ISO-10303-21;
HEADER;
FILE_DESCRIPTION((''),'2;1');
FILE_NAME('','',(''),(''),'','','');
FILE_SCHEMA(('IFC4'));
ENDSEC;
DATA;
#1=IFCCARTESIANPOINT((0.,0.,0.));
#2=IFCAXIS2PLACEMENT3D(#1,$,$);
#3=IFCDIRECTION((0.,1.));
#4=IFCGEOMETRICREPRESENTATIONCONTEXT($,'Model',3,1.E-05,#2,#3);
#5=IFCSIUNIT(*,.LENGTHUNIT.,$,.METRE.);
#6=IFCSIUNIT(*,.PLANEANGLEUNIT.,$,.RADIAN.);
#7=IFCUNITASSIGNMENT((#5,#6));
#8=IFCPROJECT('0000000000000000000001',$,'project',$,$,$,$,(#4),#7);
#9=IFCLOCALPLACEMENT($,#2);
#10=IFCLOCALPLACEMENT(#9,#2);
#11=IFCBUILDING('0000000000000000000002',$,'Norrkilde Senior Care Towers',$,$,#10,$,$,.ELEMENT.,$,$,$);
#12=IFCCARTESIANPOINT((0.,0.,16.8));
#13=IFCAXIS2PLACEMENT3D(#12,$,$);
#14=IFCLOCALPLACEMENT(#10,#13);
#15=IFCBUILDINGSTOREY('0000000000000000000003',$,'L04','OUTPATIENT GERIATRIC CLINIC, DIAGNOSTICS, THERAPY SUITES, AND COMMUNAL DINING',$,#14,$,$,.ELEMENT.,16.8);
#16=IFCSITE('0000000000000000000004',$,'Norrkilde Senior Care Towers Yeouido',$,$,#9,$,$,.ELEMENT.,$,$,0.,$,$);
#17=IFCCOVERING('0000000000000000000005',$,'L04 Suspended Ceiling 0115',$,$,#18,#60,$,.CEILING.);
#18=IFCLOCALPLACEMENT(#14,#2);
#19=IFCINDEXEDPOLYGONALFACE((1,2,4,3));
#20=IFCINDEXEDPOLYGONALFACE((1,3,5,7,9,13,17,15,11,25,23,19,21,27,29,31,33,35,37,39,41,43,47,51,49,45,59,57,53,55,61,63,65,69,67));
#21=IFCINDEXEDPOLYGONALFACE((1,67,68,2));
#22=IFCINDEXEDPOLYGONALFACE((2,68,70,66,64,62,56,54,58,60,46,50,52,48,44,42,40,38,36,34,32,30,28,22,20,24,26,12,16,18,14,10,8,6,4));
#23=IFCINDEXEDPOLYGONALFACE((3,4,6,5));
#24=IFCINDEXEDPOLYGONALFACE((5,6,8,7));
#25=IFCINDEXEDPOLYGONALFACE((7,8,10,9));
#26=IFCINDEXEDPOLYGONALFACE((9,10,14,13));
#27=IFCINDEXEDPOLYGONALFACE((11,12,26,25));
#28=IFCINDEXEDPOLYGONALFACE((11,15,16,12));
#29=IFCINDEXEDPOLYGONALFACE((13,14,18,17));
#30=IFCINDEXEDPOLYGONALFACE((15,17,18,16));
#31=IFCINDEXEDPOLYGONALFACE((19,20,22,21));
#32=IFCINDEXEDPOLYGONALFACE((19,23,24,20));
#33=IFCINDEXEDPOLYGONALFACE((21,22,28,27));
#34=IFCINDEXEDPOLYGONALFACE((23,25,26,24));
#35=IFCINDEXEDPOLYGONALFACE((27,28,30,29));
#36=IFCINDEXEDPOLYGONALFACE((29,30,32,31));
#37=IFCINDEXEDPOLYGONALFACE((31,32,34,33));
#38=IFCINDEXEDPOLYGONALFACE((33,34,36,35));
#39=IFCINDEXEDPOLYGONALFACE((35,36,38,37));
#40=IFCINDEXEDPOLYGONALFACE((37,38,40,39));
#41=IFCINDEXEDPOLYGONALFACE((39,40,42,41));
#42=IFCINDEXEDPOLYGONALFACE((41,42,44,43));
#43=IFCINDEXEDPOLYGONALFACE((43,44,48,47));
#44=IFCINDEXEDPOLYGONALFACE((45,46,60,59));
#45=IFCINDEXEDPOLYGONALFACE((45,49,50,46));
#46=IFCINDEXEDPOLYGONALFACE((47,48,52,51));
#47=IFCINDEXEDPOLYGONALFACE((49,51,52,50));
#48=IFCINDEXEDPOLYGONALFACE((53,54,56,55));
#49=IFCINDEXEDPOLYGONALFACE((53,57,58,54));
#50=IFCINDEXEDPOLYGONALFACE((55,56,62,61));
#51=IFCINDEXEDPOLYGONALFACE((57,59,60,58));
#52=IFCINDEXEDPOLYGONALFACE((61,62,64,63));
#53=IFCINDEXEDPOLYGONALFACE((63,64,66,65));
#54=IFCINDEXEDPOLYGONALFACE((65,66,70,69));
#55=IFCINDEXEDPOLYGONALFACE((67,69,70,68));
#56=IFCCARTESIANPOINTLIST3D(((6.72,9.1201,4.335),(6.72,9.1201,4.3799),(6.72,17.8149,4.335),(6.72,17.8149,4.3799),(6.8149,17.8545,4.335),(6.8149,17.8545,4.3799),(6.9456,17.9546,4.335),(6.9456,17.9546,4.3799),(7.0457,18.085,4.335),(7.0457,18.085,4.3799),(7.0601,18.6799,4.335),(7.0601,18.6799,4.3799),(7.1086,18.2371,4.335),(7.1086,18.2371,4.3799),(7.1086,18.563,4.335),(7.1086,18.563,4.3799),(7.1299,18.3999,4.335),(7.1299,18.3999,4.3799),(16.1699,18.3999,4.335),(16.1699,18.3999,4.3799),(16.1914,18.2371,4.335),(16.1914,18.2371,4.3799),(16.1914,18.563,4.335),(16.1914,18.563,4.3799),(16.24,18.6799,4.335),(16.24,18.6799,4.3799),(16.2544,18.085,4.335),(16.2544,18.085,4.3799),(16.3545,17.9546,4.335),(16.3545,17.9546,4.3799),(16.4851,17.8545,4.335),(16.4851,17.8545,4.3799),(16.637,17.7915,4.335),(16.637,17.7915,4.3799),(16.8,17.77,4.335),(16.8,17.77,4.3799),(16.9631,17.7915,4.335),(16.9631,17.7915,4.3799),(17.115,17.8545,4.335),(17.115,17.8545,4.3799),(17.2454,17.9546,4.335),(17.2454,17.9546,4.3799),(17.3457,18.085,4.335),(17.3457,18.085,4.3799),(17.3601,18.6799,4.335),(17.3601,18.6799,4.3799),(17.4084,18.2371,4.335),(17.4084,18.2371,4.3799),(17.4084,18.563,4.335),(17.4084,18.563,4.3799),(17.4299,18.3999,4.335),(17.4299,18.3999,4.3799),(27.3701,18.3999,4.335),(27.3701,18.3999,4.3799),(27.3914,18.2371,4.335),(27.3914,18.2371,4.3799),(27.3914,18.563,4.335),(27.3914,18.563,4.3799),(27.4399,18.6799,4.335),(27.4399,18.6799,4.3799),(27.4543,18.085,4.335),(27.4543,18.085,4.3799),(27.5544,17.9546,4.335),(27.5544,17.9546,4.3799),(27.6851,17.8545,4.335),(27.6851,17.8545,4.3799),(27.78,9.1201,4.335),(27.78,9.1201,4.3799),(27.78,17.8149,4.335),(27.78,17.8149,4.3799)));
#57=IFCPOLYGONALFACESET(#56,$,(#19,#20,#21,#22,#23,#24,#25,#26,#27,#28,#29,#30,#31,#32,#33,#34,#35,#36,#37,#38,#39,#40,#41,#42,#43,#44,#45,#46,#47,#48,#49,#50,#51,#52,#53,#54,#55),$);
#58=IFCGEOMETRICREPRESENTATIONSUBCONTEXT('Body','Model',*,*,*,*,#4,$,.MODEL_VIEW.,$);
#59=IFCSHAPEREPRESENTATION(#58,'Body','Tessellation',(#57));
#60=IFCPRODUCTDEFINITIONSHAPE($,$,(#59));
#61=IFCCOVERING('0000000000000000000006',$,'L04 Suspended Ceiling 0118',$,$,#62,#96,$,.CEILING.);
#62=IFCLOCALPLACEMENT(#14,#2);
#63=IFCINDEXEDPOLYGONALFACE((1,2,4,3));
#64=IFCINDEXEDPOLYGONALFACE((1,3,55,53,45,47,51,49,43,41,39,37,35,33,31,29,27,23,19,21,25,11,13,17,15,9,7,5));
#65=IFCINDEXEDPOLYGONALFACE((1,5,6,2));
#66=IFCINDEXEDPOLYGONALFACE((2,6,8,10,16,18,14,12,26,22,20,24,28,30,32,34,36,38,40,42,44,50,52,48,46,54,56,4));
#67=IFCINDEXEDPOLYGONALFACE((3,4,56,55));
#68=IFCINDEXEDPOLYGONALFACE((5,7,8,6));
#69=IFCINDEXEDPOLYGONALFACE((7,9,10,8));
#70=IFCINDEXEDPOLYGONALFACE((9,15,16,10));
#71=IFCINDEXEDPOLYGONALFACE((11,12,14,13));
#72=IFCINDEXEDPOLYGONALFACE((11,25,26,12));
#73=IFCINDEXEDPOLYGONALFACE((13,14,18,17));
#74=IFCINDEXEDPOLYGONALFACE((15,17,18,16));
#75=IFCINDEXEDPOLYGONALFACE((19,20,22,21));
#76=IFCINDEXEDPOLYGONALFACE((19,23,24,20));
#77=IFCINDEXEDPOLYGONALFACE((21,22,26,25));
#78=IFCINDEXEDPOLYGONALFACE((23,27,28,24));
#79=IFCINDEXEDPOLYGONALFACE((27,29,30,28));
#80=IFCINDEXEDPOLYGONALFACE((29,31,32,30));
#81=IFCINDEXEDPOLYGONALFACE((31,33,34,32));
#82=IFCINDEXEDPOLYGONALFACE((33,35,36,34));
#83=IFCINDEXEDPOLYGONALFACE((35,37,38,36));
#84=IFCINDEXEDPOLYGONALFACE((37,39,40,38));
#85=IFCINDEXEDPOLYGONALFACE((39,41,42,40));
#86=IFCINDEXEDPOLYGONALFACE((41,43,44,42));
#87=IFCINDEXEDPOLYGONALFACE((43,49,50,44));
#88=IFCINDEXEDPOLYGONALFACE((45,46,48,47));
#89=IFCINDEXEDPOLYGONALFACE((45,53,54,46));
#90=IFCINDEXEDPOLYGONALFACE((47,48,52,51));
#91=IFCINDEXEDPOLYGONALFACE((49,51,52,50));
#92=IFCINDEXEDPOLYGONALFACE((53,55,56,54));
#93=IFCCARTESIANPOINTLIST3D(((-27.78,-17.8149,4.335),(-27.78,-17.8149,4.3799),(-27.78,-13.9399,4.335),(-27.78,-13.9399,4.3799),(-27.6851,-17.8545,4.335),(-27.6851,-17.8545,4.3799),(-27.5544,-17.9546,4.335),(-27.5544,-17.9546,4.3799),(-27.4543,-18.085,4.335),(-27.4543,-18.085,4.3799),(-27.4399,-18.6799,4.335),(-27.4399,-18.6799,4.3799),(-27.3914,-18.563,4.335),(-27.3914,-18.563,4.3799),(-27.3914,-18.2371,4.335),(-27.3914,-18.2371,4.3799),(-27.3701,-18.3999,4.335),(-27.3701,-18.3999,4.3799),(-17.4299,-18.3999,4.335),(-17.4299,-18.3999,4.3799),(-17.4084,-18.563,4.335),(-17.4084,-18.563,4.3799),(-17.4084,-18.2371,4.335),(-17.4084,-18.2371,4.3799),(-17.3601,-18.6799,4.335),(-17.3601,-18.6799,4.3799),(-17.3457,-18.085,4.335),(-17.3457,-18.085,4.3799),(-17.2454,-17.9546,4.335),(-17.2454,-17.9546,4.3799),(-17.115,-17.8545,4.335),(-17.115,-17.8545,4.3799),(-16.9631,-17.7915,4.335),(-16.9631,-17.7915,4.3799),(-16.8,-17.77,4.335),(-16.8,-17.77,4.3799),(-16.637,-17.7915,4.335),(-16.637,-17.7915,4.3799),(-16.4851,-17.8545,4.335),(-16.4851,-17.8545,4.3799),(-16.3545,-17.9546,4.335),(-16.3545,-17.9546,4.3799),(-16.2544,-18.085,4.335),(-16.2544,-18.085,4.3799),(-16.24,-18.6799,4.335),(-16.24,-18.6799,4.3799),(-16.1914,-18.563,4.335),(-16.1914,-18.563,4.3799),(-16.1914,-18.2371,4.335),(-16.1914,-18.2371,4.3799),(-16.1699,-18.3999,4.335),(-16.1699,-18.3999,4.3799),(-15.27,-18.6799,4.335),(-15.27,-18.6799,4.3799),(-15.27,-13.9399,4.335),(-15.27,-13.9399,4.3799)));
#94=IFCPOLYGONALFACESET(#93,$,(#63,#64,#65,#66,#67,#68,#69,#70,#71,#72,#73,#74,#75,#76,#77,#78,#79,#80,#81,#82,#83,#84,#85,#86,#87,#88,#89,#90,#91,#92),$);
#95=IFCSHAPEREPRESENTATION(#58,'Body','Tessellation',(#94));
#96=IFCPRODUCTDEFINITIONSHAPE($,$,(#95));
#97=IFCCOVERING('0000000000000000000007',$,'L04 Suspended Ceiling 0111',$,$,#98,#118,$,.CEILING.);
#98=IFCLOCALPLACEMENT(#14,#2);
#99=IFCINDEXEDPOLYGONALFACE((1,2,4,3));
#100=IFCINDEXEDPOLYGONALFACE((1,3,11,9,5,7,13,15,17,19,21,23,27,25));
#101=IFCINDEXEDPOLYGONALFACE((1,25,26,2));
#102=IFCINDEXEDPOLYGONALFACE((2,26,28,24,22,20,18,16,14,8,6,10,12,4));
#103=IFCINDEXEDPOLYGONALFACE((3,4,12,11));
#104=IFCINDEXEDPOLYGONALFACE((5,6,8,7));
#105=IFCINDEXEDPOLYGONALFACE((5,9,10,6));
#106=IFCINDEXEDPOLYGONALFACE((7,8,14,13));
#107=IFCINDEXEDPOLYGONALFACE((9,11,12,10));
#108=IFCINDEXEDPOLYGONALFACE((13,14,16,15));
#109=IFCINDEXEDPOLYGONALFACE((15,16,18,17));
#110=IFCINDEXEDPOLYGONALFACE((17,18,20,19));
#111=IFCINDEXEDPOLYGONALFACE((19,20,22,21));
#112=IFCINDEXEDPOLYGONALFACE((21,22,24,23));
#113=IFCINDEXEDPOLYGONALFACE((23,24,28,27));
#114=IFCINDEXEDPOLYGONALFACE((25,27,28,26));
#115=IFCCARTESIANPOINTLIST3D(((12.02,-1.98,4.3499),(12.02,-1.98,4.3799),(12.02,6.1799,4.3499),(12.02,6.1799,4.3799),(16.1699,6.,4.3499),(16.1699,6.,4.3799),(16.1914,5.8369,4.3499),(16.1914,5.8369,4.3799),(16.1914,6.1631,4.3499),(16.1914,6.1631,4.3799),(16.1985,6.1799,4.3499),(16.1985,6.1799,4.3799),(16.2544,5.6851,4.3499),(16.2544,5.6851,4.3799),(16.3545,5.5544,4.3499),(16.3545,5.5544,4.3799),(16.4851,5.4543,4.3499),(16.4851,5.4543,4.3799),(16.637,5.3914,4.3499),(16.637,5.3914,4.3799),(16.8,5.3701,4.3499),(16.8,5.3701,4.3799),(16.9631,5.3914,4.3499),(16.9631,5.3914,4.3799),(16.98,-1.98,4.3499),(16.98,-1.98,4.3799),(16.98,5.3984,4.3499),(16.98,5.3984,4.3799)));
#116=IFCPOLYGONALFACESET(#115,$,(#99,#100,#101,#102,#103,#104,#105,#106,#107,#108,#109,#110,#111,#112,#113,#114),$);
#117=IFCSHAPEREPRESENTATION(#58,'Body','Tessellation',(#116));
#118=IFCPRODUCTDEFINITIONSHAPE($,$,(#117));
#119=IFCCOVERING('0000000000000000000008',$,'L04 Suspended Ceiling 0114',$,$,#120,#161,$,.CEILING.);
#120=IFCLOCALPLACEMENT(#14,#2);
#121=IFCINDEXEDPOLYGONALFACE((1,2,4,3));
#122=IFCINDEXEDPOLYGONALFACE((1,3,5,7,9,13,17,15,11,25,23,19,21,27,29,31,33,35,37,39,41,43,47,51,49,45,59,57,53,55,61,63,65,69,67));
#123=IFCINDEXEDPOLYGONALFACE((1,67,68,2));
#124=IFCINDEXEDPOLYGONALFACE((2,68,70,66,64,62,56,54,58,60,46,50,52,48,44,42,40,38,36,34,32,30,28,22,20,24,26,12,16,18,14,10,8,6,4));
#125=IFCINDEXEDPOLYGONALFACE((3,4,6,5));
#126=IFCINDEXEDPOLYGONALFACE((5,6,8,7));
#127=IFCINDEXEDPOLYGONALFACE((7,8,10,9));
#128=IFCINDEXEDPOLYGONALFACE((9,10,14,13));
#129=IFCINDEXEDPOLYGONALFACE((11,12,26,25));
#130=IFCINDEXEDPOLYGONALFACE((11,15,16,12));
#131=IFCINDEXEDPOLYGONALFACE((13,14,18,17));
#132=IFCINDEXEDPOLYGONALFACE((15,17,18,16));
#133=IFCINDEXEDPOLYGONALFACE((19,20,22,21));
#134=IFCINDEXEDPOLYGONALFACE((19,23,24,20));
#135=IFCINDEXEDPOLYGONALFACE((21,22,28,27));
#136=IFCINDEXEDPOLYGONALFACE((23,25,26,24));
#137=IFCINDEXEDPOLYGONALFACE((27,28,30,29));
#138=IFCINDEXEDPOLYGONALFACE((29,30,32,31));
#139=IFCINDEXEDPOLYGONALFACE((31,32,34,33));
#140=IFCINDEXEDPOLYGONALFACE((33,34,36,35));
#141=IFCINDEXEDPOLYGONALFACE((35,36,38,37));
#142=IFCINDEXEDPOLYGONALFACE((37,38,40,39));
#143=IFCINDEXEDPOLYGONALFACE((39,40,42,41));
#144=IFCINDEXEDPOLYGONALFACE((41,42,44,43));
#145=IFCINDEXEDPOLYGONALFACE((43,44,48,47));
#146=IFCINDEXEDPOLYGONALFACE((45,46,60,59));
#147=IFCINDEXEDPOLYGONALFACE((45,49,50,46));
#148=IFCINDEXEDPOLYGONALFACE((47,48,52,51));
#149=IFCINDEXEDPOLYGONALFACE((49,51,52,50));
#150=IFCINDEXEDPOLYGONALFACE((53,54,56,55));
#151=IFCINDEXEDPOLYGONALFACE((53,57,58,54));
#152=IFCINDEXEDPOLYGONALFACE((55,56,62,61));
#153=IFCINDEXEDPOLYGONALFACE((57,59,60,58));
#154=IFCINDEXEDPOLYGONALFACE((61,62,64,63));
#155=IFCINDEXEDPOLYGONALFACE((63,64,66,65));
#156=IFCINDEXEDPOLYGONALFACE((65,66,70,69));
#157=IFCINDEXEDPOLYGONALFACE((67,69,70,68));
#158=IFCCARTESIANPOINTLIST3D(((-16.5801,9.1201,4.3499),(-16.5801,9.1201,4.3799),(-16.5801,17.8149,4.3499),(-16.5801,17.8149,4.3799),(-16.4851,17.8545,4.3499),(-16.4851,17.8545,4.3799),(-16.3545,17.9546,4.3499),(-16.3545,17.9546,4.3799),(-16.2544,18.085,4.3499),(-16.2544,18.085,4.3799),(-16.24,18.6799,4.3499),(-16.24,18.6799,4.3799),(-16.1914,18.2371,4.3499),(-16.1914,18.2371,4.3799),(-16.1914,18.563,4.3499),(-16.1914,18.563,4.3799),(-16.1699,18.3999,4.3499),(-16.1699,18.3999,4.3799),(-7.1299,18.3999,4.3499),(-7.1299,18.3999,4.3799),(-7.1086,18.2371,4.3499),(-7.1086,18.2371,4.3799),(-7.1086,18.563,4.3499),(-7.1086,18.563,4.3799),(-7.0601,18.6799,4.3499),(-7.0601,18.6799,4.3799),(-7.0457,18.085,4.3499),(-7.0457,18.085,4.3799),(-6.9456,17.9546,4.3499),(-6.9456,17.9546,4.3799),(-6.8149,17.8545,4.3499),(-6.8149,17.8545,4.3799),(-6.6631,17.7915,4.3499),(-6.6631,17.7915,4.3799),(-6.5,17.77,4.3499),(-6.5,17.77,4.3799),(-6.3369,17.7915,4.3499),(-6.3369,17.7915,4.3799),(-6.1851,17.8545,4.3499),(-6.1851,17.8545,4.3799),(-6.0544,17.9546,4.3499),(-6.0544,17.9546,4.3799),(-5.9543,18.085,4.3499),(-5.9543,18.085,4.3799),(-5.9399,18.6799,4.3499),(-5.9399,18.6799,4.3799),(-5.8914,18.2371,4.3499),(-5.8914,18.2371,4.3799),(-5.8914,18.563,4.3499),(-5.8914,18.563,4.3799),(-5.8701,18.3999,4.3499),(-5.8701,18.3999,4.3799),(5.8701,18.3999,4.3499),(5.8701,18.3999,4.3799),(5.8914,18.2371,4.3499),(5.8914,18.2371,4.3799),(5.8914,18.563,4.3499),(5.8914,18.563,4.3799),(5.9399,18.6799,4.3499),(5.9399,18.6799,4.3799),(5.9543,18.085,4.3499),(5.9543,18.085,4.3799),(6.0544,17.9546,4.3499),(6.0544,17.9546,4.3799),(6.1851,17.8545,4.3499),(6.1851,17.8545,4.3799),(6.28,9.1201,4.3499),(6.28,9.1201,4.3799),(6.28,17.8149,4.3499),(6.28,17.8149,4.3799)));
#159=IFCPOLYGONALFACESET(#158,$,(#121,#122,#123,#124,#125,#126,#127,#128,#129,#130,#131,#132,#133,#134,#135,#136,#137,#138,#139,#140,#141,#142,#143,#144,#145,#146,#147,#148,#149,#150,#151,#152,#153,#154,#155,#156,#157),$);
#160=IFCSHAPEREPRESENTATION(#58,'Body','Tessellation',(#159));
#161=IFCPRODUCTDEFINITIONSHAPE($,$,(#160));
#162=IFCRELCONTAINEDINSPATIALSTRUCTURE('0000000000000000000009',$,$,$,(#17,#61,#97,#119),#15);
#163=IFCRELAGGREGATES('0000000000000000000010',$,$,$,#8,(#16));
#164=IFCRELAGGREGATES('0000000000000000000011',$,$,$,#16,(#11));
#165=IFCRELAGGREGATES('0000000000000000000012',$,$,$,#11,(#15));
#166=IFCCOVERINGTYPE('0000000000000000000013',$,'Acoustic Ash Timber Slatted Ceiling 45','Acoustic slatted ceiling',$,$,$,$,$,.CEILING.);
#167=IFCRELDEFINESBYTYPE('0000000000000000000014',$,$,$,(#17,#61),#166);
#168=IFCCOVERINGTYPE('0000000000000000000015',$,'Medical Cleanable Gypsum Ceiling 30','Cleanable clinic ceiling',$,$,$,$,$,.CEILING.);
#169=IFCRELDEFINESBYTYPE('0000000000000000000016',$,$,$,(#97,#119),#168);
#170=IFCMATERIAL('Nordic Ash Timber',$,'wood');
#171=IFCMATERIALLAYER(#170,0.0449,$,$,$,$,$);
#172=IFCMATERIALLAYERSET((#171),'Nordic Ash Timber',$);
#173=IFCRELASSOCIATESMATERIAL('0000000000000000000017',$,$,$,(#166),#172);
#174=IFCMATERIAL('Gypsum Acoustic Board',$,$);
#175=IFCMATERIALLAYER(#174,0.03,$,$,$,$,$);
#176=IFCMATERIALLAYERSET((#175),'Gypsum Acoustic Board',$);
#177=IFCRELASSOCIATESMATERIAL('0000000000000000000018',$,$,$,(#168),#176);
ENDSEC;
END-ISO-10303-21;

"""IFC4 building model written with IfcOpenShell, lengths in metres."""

from ifc_helpers import new_model, si_unit, direction, frame, origin, place, context, subcontext, project, spatial, polyline, outline, extrude, material, layer, layer_set, type_object, element, save


model = new_model("IFC4")

# Units and contexts
model_context = context("Model", 3, precision=1e-05, world=origin(), true_north=direction((0.0, 1.0)))
body_context = subcontext(model_context, "Body", "Model", "MODEL_VIEW")
ifc_project = project(units=[si_unit("LENGTHUNIT", "METRE"), si_unit("PLANEANGLEUNIT", "RADIAN")], contexts=[model_context])

# Site, building, storey
site_placement = place(None, origin())
site = spatial("IfcSite", under=ifc_project, at=site_placement, Name="Norrkilde Senior Care Towers Yeouido", CompositionType="ELEMENT", RefElevation=0.0)
building_placement = place(site_placement, origin())
building = spatial("IfcBuilding", under=site, at=building_placement, Name="Norrkilde Senior Care Towers", CompositionType="ELEMENT")
storey_placement = place(building_placement, frame((0.0, 0.0, 16.8)))
storey = spatial("IfcBuildingStorey", under=building, at=storey_placement, Name="L04", Description="OUTPATIENT GERIATRIC CLINIC, DIAGNOSTICS, THERAPY SUITES, AND COMMUNAL DINING", CompositionType="ELEMENT", Elevation=16.8)

# Coverings
ifc_material_1 = material(Name="Nordic Ash Timber", Category="wood")
ifc_layer_1 = layer(ifc_material_1, 0.0449)
ifc_layer_set_1 = layer_set([ifc_layer_1], Name="Nordic Ash Timber")
covering_type_1 = type_object("IfcCoveringType", Name="Acoustic Ash Timber Slatted Ceiling 45", Description="Acoustic slatted ceiling", PredefinedType="CEILING", material=ifc_layer_set_1)
covering_1_placement = place(storey_placement, frame((0.0, 0.0, 4.335)))
element("IfcCovering", 1, at=covering_1_placement, inside=storey, type_object=covering_type_1, Name="L04 Suspended Ceiling 0115", PredefinedType="CEILING", context=body_context, shape_type="SweptSolid", body=[
    extrude(outline(polyline([(6.72, 17.8149), (6.8149, 17.8545), (6.9456, 17.9546), (7.0457, 18.085), (7.1086, 18.2371), (7.1299, 18.3999), (7.1086, 18.563), (7.0601, 18.6799), (16.24, 18.6799), (16.1914, 18.563), (16.1699, 18.3999), (16.1914, 18.2371), (16.2544, 18.085), (16.3545, 17.9546), (16.4851, 17.8545), (16.637, 17.7915), (16.8, 17.77), (16.9631, 17.7915), (17.115, 17.8545), (17.2454, 17.9546), (17.3457, 18.085), (17.4084, 18.2371), (17.4299, 18.3999), (17.4084, 18.563), (17.3601, 18.6799), (27.4399, 18.6799), (27.3914, 18.563), (27.3701, 18.3999), (27.3914, 18.2371), (27.4543, 18.085), (27.5544, 17.9546), (27.6851, 17.8545), (27.78, 17.8149), (27.78, 9.1201), (6.72, 9.1201), (6.72, 17.8149)])), origin(), (0.0, 0.0, 1.0), 0.0449),
])
covering_2_placement = place(storey_placement, frame((0.0, 0.0, 4.335)))
element("IfcCovering", 2, at=covering_2_placement, inside=storey, type_object=covering_type_1, Name="L04 Suspended Ceiling 0118", PredefinedType="CEILING", context=body_context, shape_type="SweptSolid", body=[
    extrude(outline(polyline([(-16.24, -18.6799), (-16.1914, -18.563), (-16.1699, -18.3999), (-16.1914, -18.2371), (-16.2544, -18.085), (-16.3545, -17.9546), (-16.4851, -17.8545), (-16.637, -17.7915), (-16.8, -17.77), (-16.9631, -17.7915), (-17.115, -17.8545), (-17.2454, -17.9546), (-17.3457, -18.085), (-17.4084, -18.2371), (-17.4299, -18.3999), (-17.4084, -18.563), (-17.3601, -18.6799), (-27.4399, -18.6799), (-27.3914, -18.563), (-27.3701, -18.3999), (-27.3914, -18.2371), (-27.4543, -18.085), (-27.5544, -17.9546), (-27.6851, -17.8545), (-27.78, -17.8149), (-27.78, -13.9399), (-15.27, -13.9399), (-15.27, -18.6799), (-16.24, -18.6799)])), origin(), (0.0, 0.0, 1.0), 0.0449),
])
ifc_material_2 = material(Name="Gypsum Acoustic Board")
ifc_layer_2 = layer(ifc_material_2, 0.03)
ifc_layer_set_2 = layer_set([ifc_layer_2], Name="Gypsum Acoustic Board")
covering_type_2 = type_object("IfcCoveringType", Name="Medical Cleanable Gypsum Ceiling 30", Description="Cleanable clinic ceiling", PredefinedType="CEILING", material=ifc_layer_set_2)
covering_3_placement = place(storey_placement, frame((0.0, 0.0, 4.3499)))
element("IfcCovering", 3, at=covering_3_placement, inside=storey, type_object=covering_type_2, Name="L04 Suspended Ceiling 0111", PredefinedType="CEILING", context=body_context, shape_type="SweptSolid", body=[
    extrude(outline(polyline([(16.98, -1.98), (12.02, -1.98), (12.02, 6.1799), (16.1985, 6.1799), (16.1914, 6.1631), (16.1699, 6.0), (16.1914, 5.8369), (16.2544, 5.6851), (16.3545, 5.5544), (16.4851, 5.4543), (16.637, 5.3914), (16.8, 5.3701), (16.9631, 5.3914), (16.98, 5.3984), (16.98, -1.98)])), origin(), (0.0, 0.0, 1.0), 0.03),
])
covering_4_placement = place(storey_placement, frame((0.0, 0.0, 4.3499)))
element("IfcCovering", 4, at=covering_4_placement, inside=storey, type_object=covering_type_2, Name="L04 Suspended Ceiling 0114", PredefinedType="CEILING", context=body_context, shape_type="SweptSolid", body=[
    extrude(outline(polyline([(-16.5801, 17.8149), (-16.4851, 17.8545), (-16.3545, 17.9546), (-16.2544, 18.085), (-16.1914, 18.2371), (-16.1699, 18.3999), (-16.1914, 18.563), (-16.24, 18.6799), (-7.0601, 18.6799), (-7.1086, 18.563), (-7.1299, 18.3999), (-7.1086, 18.2371), (-7.0457, 18.085), (-6.9456, 17.9546), (-6.8149, 17.8545), (-6.6631, 17.7915), (-6.5, 17.77), (-6.3369, 17.7915), (-6.1851, 17.8545), (-6.0544, 17.9546), (-5.9543, 18.085), (-5.8914, 18.2371), (-5.8701, 18.3999), (-5.8914, 18.563), (-5.9399, 18.6799), (5.9399, 18.6799), (5.8914, 18.563), (5.8701, 18.3999), (5.8914, 18.2371), (5.9543, 18.085), (6.0544, 17.9546), (6.1851, 17.8545), (6.28, 17.8149), (6.28, 9.1201), (-16.5801, 9.1201), (-16.5801, 17.8149)])), origin(), (0.0, 0.0, 1.0), 0.03),
])

save(model, "model.ifc")
